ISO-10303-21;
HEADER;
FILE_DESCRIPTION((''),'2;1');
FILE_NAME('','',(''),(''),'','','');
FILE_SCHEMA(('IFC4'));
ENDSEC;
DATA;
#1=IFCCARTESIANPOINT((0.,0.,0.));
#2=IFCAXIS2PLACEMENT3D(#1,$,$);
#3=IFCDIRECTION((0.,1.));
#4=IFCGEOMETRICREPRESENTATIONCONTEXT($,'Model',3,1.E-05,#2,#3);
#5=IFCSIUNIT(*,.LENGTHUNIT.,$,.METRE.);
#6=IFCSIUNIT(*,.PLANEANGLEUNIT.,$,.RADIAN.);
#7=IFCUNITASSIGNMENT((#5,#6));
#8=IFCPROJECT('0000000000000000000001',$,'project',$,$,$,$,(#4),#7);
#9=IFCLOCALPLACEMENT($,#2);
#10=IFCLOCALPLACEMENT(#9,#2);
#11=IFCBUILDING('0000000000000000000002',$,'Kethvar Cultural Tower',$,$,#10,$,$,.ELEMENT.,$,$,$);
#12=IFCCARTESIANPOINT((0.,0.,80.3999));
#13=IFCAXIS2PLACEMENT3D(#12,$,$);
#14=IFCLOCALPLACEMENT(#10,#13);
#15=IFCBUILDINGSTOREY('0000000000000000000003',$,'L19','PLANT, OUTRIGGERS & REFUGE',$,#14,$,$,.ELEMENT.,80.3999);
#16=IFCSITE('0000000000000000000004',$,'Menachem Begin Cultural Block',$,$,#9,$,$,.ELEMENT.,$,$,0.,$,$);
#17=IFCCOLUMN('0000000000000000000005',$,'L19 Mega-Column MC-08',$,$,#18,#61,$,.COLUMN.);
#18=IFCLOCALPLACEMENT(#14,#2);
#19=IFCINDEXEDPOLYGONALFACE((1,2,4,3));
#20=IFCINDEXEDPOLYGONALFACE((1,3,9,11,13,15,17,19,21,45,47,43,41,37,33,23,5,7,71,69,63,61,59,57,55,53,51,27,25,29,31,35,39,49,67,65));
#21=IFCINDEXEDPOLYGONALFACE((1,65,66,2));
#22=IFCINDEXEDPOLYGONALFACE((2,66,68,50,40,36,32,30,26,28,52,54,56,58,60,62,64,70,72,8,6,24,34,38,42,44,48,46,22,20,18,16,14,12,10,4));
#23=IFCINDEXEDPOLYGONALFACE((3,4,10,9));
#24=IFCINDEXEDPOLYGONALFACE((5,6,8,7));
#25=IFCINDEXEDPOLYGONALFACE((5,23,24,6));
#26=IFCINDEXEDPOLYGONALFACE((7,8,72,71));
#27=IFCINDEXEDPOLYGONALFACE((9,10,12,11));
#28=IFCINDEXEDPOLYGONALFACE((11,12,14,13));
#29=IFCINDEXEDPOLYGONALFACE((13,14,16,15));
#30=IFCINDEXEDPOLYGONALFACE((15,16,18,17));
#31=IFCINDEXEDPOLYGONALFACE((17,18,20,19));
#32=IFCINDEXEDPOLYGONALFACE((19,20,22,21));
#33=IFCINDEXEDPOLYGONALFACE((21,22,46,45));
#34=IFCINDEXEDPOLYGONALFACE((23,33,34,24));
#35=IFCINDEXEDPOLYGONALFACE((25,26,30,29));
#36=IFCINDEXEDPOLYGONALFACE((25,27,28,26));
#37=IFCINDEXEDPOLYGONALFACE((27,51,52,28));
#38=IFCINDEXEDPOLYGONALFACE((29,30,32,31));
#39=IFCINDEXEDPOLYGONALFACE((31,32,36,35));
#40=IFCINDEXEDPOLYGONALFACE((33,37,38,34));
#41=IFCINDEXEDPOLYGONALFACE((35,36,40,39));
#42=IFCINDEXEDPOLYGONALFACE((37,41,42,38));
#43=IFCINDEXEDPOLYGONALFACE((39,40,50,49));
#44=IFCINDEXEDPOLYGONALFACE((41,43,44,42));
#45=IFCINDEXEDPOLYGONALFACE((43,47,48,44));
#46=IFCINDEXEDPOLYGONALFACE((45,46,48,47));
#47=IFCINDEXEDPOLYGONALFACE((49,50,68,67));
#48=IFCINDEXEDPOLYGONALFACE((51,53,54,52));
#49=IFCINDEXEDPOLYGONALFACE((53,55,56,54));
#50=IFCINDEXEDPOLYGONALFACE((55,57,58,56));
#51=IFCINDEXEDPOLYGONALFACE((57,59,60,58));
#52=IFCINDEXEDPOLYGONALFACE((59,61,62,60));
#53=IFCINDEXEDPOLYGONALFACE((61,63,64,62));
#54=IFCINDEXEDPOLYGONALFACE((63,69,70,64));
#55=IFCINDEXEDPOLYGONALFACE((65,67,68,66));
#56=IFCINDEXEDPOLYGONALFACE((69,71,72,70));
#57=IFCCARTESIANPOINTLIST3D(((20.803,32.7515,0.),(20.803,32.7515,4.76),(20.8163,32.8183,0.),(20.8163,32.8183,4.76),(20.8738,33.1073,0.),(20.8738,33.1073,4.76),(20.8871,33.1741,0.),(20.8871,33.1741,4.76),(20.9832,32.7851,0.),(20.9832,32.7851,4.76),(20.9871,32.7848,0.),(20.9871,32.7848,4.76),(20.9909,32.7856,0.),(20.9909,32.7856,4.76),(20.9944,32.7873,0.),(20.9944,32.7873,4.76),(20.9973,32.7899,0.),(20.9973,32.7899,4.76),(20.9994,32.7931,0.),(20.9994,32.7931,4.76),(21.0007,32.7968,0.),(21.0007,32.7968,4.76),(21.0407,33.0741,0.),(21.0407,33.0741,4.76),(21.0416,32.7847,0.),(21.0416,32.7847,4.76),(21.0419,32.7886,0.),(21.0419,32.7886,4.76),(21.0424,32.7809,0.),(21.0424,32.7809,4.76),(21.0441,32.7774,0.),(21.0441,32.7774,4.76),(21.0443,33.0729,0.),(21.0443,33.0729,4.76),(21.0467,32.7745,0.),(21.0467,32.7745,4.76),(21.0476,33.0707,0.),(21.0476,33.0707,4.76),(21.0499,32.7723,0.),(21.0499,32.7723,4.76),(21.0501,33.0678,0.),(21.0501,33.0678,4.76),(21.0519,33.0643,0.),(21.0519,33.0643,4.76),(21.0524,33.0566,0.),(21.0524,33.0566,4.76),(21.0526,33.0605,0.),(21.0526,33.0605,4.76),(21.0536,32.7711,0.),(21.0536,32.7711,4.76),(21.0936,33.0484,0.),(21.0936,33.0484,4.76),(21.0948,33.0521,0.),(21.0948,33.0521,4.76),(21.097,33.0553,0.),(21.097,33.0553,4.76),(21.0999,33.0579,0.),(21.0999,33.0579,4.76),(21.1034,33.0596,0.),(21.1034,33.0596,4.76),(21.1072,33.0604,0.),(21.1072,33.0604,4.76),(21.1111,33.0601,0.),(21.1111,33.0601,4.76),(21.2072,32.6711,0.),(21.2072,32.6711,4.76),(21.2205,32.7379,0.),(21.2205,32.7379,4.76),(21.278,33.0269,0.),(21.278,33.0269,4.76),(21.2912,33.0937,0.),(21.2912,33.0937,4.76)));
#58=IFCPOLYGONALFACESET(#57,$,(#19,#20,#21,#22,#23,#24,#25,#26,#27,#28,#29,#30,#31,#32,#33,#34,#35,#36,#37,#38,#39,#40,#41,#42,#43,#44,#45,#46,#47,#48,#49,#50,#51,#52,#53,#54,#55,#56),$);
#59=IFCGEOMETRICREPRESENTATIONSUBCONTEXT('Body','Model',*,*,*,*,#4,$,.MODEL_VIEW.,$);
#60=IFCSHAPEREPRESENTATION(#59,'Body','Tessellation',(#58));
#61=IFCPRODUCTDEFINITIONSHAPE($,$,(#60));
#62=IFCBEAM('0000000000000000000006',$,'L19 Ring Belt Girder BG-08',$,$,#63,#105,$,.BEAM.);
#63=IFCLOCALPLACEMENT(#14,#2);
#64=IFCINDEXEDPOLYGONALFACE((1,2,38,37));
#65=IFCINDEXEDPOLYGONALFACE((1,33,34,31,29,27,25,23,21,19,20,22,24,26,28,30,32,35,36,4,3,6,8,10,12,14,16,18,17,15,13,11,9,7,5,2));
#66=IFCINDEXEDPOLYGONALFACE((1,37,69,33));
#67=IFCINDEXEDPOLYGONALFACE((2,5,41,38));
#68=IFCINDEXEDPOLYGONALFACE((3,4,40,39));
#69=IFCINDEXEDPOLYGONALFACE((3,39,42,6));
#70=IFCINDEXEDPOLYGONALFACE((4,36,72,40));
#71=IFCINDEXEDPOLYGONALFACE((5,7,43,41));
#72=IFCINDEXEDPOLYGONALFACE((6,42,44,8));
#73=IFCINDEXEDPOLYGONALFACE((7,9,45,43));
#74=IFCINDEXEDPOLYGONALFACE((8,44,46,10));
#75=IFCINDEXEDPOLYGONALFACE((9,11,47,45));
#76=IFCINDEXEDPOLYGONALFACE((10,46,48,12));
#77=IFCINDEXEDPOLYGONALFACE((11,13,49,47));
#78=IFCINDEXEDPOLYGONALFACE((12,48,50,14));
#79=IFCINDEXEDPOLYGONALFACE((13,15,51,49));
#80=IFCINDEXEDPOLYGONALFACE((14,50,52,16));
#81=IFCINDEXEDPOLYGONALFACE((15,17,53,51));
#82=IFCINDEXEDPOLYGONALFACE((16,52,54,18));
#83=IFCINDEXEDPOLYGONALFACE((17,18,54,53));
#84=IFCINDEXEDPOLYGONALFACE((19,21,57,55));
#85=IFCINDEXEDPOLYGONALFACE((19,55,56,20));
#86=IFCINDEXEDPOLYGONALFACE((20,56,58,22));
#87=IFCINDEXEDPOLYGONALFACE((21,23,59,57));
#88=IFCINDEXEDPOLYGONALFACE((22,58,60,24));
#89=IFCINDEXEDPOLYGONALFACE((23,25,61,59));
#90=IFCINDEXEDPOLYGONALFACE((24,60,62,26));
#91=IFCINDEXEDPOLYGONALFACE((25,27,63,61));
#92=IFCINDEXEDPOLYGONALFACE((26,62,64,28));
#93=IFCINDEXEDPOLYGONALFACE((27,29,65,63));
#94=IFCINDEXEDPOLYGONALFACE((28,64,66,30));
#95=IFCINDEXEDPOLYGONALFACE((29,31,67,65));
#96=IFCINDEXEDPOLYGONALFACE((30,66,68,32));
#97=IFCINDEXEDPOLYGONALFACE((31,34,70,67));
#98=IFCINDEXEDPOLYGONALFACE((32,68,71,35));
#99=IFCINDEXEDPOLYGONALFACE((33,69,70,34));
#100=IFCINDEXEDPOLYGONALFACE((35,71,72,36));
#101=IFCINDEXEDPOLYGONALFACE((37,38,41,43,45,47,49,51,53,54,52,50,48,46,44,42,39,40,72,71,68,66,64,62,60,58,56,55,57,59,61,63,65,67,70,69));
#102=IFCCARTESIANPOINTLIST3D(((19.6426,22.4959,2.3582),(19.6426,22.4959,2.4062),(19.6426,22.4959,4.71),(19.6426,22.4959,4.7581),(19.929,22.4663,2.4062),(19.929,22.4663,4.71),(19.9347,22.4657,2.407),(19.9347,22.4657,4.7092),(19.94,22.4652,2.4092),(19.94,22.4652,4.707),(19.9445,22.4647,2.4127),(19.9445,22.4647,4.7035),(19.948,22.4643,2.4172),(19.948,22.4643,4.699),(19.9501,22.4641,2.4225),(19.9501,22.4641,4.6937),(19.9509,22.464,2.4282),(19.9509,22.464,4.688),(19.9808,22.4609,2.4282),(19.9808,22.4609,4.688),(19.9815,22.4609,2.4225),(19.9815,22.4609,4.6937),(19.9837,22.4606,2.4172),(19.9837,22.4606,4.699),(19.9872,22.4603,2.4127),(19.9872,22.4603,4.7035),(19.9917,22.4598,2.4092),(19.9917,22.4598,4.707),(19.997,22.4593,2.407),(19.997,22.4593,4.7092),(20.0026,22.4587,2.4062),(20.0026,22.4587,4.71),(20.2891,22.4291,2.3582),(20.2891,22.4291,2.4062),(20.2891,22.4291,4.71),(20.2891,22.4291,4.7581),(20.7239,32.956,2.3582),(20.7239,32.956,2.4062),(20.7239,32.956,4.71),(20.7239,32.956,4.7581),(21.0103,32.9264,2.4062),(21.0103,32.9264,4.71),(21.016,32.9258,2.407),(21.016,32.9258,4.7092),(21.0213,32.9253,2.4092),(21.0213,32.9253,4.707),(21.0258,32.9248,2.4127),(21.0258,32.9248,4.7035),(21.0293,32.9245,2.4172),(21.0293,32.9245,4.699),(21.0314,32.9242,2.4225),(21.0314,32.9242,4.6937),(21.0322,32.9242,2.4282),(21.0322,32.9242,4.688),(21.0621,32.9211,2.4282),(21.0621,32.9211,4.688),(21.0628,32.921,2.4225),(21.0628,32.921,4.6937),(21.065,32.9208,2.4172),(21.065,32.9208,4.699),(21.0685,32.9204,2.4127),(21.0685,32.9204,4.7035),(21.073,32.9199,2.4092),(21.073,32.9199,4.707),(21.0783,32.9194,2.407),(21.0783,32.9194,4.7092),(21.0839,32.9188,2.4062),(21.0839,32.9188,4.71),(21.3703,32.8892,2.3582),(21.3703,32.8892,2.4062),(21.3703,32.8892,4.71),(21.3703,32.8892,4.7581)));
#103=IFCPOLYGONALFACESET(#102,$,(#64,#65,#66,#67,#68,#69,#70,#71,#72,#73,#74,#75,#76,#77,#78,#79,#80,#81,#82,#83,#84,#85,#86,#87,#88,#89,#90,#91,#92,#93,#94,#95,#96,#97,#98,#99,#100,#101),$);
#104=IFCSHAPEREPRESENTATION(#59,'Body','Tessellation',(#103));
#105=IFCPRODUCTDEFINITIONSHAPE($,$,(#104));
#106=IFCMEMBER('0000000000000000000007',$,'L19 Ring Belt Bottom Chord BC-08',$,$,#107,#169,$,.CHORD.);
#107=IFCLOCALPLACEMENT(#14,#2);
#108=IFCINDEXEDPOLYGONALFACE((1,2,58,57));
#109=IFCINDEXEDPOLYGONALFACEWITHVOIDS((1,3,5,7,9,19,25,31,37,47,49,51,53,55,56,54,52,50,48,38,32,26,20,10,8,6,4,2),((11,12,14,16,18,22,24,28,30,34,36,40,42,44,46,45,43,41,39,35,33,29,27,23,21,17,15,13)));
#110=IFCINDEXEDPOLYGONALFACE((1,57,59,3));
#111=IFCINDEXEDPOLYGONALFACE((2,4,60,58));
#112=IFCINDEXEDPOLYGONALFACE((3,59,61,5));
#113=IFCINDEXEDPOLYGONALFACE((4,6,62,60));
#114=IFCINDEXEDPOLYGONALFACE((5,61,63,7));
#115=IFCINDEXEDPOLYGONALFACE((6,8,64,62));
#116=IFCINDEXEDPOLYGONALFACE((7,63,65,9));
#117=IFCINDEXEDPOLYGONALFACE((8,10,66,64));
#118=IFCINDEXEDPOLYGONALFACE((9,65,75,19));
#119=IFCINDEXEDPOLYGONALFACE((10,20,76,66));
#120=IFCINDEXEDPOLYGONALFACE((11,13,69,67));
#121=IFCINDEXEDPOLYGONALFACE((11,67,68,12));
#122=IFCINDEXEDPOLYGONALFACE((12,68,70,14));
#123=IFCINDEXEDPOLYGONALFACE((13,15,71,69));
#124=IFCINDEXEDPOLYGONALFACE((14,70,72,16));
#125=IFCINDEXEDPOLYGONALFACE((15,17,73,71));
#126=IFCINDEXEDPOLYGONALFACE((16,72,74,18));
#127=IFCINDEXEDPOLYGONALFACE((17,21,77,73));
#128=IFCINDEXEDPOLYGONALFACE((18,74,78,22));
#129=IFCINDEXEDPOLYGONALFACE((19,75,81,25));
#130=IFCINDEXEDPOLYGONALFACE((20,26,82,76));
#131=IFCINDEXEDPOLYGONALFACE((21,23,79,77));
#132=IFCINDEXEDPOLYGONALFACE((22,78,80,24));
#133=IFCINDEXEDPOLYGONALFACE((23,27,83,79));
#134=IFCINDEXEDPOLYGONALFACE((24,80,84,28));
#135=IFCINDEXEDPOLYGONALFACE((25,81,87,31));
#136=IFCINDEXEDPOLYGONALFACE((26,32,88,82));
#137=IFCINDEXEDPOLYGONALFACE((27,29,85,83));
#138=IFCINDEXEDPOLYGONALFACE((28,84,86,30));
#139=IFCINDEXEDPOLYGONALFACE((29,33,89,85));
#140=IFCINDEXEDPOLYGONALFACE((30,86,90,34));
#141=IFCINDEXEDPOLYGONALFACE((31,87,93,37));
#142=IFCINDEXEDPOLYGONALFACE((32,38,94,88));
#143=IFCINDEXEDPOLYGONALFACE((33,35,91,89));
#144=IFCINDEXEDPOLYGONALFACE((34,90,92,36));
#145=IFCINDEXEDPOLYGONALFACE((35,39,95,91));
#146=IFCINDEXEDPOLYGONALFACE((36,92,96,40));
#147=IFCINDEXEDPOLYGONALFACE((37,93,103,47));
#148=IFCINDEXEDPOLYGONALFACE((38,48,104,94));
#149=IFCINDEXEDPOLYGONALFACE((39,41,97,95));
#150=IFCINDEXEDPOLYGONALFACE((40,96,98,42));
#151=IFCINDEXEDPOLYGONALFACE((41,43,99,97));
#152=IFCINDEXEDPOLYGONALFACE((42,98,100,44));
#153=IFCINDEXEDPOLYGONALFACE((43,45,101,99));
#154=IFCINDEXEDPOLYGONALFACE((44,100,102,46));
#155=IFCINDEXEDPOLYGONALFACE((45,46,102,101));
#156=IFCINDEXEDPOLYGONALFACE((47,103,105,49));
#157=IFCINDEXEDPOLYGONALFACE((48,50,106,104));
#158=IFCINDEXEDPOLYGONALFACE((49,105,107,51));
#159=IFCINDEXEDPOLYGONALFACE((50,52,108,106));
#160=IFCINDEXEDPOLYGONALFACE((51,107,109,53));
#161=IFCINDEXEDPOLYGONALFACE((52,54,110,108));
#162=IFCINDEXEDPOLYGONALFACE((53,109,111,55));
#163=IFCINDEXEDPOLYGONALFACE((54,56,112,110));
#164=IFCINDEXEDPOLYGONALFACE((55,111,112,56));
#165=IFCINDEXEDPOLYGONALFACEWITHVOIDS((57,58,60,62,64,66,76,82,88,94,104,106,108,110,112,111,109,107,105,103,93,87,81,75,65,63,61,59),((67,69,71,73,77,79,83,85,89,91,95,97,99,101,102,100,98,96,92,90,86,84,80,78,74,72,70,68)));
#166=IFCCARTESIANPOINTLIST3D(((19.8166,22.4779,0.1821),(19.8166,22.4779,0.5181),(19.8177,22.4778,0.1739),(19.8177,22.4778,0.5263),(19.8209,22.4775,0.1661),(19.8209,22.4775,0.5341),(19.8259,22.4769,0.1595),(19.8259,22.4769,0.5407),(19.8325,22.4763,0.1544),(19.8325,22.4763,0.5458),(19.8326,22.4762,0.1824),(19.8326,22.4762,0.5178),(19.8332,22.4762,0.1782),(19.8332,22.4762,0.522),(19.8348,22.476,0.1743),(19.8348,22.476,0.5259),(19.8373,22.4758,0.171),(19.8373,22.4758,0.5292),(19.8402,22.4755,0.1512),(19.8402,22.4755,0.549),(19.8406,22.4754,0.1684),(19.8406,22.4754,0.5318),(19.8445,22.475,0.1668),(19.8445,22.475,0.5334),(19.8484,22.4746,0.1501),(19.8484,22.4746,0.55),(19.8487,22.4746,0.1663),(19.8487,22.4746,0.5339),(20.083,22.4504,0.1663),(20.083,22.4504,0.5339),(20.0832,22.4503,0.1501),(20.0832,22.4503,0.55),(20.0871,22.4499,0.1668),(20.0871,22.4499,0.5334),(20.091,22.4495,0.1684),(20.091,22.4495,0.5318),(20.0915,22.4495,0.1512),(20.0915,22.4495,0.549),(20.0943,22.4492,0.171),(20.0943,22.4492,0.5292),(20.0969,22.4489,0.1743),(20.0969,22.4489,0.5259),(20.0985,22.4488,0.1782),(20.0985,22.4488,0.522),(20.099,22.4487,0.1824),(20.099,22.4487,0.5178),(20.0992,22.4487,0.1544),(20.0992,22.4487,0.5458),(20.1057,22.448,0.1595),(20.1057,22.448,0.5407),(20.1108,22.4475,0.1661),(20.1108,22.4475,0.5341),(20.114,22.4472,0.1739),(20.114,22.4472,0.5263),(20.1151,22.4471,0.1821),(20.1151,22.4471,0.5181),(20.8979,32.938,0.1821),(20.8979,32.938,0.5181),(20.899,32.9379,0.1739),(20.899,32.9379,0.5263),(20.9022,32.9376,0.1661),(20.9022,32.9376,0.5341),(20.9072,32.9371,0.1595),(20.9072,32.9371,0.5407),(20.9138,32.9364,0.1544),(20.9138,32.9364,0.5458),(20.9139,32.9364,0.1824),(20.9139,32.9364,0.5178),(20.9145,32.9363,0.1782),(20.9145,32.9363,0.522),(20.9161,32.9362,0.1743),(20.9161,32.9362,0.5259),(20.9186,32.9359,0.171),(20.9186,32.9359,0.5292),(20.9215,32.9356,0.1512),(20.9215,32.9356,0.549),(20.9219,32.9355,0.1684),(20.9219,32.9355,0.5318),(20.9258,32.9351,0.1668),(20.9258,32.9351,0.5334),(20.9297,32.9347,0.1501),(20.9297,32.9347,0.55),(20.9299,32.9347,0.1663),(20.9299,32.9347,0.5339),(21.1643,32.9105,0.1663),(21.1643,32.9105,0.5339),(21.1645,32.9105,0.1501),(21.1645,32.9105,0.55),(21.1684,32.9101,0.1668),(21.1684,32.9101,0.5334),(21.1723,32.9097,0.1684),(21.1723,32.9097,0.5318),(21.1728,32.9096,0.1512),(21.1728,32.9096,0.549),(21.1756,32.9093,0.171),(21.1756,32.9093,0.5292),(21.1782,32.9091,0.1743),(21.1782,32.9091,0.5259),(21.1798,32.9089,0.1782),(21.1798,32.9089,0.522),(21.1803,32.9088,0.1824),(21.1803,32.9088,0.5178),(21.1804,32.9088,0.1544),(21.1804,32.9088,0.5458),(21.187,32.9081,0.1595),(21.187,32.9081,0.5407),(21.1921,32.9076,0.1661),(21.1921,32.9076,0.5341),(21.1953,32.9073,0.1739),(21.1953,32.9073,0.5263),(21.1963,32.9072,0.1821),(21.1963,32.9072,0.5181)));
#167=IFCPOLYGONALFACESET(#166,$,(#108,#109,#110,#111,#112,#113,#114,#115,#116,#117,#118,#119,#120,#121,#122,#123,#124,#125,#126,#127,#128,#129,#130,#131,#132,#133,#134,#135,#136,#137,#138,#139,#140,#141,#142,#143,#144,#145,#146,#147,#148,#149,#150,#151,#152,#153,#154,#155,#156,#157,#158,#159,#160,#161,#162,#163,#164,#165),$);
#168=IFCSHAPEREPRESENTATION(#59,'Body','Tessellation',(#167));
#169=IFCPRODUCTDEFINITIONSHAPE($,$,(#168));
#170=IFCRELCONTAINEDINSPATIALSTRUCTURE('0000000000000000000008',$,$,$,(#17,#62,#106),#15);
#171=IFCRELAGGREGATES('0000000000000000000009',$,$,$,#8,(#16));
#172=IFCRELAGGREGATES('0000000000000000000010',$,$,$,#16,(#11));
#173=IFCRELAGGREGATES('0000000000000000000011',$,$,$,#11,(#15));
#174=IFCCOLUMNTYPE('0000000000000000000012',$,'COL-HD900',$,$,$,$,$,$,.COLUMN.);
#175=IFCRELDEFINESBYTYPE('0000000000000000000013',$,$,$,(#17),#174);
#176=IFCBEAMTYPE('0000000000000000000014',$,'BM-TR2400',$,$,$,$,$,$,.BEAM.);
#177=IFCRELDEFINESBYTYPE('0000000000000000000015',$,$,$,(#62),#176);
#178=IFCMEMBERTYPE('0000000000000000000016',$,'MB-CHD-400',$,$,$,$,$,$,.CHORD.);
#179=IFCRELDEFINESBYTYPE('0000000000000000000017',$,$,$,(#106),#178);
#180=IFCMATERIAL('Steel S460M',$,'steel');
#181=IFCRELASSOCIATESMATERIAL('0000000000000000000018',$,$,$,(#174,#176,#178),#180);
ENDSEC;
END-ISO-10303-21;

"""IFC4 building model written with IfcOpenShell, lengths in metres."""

from ifc_helpers import new_model, si_unit, direction, frame, origin, origin_2d, place, context, subcontext, project, spatial, hollow_rectangle, i_section, extrude, source, transform, mapped, material, material_profile, profile_set, type_object, element, save


model = new_model("IFC4")

# Units and contexts
model_context = context("Model", 3, precision=1e-05, world=origin(), true_north=direction((0.0, 1.0)))
body_context = subcontext(model_context, "Body", "Model", "MODEL_VIEW")
ifc_project = project(units=[si_unit("LENGTHUNIT", "METRE"), si_unit("PLANEANGLEUNIT", "RADIAN")], contexts=[model_context])

# Site, building, storey
site_placement = place(None, origin())
site = spatial("IfcSite", under=ifc_project, at=site_placement, Name="Menachem Begin Cultural Block", CompositionType="ELEMENT", RefElevation=0.0)
building_placement = place(site_placement, origin())
building = spatial("IfcBuilding", under=site, at=building_placement, Name="Kethvar Cultural Tower", CompositionType="ELEMENT")
storey_placement = place(building_placement, frame((0.0, 0.0, 80.3999)))
storey = spatial("IfcBuildingStorey", under=building, at=storey_placement, Name="L19", Description="PLANT, OUTRIGGERS & REFUGE", CompositionType="ELEMENT", Elevation=80.3999)

# Column
ifc_material_1 = material(Name="Steel S460M", Category="steel")
ifc_material_profile_1 = material_profile(ifc_material_1, i_section(OverallWidth=0.4121, OverallDepth=0.4309, WebThickness=0.042, FlangeThickness=0.0681, FilletRadius=0.0149, at=origin_2d()), Name="Steel S460M — HD400x900")
ifc_profile_set_1 = profile_set([ifc_material_profile_1], Name="Steel S460M — HD400x900")
column_type = type_object("IfcColumnType", Name="COL-HD900", PredefinedType="COLUMN", material=ifc_profile_set_1)
shared_shape_1 = source(origin(), body_context, "Body", "SweptSolid", [
    extrude(i_section(OverallWidth=0.4121, OverallDepth=0.4309, WebThickness=0.042, FlangeThickness=0.0681, FilletRadius=0.0149, at=origin_2d()), origin(), (0.0, 0.0, 1.0), 4.76),
])
column_placement = place(storey_placement, frame((21.0471, 32.9226, 0.0), z_axis=(0.0, 0.0, 1.0), x_axis=(-0.980785, 0.19509, 0.0)))
element("IfcColumn", 1, at=column_placement, inside=storey, type_object=column_type, Name="L19 Mega-Column MC-08", PredefinedType="COLUMN", context=body_context, shape_type="MappedRepresentation", body=[
    mapped(shared_shape_1, transform((0.0, 0.0, 0.0), scale=1.0)),
])

# Beam
ifc_material_profile_2 = material_profile(ifc_material_1, i_section(OverallWidth=0.6499, OverallDepth=2.3999, WebThickness=0.03, FlangeThickness=0.0481, FilletRadius=0.022, at=origin_2d()), Name="Steel S460M — PG2400x650x48x30")
ifc_profile_set_2 = profile_set([ifc_material_profile_2], Name="Steel S460M — PG2400x650x48x30")
beam_type = type_object("IfcBeamType", Name="BM-TR2400", PredefinedType="BEAM", material=ifc_profile_set_2)
shared_shape_2 = source(origin(), body_context, "Body", "SweptSolid", [
    extrude(i_section(OverallWidth=0.6499, OverallDepth=2.3999, WebThickness=0.03, FlangeThickness=0.0481, FilletRadius=0.022, at=origin_2d()), origin(), (0.0, 0.0, 1.0), 10.5159),
])
beam_placement = place(storey_placement, frame((21.0471, 32.9226, 3.5581), z_axis=(-0.102825, -0.994699, 0.0), x_axis=(0.994699, -0.102825, 0.0)))
element("IfcBeam", 2, at=beam_placement, inside=storey, type_object=beam_type, Name="L19 Ring Belt Girder BG-08", PredefinedType="BEAM", context=body_context, shape_type="MappedRepresentation", body=[
    mapped(shared_shape_2, transform((0.0, 0.0, 0.0), scale=1.0)),
])

# Member
ifc_material_profile_3 = material_profile(ifc_material_1, hollow_rectangle(XDim=0.3, YDim=0.3999, WallThickness=0.0161, InnerFilletRadius=0.0161, OuterFilletRadius=0.032, at=origin_2d()), Name="Steel S460M — RHS400x300x16")
ifc_profile_set_3 = profile_set([ifc_material_profile_3], Name="Steel S460M — RHS400x300x16")
member_type_1 = type_object("IfcMemberType", Name="MB-CHD-400", PredefinedType="CHORD", material=ifc_profile_set_3)
shared_shape_3 = source(origin(), body_context, "Body", "SweptSolid", [
    extrude(hollow_rectangle(XDim=0.3, YDim=0.3999, WallThickness=0.0161, InnerFilletRadius=0.0161, OuterFilletRadius=0.032, at=origin_2d()), origin(), (0.0, 0.0, 1.0), 10.5159),
])
member_1_placement = place(storey_placement, frame((21.0471, 32.9226, 0.3501), z_axis=(-0.102825, -0.994699, 0.0), x_axis=(0.994699, -0.102825, 0.0)))
element("IfcMember", 3, at=member_1_placement, inside=storey, type_object=member_type_1, Name="L19 Ring Belt Bottom Chord BC-08", PredefinedType="CHORD", context=body_context, shape_type="MappedRepresentation", body=[
    mapped(shared_shape_3, transform((0.0, 0.0, 0.0), scale=1.0)),
])

save(model, "model.ifc")
